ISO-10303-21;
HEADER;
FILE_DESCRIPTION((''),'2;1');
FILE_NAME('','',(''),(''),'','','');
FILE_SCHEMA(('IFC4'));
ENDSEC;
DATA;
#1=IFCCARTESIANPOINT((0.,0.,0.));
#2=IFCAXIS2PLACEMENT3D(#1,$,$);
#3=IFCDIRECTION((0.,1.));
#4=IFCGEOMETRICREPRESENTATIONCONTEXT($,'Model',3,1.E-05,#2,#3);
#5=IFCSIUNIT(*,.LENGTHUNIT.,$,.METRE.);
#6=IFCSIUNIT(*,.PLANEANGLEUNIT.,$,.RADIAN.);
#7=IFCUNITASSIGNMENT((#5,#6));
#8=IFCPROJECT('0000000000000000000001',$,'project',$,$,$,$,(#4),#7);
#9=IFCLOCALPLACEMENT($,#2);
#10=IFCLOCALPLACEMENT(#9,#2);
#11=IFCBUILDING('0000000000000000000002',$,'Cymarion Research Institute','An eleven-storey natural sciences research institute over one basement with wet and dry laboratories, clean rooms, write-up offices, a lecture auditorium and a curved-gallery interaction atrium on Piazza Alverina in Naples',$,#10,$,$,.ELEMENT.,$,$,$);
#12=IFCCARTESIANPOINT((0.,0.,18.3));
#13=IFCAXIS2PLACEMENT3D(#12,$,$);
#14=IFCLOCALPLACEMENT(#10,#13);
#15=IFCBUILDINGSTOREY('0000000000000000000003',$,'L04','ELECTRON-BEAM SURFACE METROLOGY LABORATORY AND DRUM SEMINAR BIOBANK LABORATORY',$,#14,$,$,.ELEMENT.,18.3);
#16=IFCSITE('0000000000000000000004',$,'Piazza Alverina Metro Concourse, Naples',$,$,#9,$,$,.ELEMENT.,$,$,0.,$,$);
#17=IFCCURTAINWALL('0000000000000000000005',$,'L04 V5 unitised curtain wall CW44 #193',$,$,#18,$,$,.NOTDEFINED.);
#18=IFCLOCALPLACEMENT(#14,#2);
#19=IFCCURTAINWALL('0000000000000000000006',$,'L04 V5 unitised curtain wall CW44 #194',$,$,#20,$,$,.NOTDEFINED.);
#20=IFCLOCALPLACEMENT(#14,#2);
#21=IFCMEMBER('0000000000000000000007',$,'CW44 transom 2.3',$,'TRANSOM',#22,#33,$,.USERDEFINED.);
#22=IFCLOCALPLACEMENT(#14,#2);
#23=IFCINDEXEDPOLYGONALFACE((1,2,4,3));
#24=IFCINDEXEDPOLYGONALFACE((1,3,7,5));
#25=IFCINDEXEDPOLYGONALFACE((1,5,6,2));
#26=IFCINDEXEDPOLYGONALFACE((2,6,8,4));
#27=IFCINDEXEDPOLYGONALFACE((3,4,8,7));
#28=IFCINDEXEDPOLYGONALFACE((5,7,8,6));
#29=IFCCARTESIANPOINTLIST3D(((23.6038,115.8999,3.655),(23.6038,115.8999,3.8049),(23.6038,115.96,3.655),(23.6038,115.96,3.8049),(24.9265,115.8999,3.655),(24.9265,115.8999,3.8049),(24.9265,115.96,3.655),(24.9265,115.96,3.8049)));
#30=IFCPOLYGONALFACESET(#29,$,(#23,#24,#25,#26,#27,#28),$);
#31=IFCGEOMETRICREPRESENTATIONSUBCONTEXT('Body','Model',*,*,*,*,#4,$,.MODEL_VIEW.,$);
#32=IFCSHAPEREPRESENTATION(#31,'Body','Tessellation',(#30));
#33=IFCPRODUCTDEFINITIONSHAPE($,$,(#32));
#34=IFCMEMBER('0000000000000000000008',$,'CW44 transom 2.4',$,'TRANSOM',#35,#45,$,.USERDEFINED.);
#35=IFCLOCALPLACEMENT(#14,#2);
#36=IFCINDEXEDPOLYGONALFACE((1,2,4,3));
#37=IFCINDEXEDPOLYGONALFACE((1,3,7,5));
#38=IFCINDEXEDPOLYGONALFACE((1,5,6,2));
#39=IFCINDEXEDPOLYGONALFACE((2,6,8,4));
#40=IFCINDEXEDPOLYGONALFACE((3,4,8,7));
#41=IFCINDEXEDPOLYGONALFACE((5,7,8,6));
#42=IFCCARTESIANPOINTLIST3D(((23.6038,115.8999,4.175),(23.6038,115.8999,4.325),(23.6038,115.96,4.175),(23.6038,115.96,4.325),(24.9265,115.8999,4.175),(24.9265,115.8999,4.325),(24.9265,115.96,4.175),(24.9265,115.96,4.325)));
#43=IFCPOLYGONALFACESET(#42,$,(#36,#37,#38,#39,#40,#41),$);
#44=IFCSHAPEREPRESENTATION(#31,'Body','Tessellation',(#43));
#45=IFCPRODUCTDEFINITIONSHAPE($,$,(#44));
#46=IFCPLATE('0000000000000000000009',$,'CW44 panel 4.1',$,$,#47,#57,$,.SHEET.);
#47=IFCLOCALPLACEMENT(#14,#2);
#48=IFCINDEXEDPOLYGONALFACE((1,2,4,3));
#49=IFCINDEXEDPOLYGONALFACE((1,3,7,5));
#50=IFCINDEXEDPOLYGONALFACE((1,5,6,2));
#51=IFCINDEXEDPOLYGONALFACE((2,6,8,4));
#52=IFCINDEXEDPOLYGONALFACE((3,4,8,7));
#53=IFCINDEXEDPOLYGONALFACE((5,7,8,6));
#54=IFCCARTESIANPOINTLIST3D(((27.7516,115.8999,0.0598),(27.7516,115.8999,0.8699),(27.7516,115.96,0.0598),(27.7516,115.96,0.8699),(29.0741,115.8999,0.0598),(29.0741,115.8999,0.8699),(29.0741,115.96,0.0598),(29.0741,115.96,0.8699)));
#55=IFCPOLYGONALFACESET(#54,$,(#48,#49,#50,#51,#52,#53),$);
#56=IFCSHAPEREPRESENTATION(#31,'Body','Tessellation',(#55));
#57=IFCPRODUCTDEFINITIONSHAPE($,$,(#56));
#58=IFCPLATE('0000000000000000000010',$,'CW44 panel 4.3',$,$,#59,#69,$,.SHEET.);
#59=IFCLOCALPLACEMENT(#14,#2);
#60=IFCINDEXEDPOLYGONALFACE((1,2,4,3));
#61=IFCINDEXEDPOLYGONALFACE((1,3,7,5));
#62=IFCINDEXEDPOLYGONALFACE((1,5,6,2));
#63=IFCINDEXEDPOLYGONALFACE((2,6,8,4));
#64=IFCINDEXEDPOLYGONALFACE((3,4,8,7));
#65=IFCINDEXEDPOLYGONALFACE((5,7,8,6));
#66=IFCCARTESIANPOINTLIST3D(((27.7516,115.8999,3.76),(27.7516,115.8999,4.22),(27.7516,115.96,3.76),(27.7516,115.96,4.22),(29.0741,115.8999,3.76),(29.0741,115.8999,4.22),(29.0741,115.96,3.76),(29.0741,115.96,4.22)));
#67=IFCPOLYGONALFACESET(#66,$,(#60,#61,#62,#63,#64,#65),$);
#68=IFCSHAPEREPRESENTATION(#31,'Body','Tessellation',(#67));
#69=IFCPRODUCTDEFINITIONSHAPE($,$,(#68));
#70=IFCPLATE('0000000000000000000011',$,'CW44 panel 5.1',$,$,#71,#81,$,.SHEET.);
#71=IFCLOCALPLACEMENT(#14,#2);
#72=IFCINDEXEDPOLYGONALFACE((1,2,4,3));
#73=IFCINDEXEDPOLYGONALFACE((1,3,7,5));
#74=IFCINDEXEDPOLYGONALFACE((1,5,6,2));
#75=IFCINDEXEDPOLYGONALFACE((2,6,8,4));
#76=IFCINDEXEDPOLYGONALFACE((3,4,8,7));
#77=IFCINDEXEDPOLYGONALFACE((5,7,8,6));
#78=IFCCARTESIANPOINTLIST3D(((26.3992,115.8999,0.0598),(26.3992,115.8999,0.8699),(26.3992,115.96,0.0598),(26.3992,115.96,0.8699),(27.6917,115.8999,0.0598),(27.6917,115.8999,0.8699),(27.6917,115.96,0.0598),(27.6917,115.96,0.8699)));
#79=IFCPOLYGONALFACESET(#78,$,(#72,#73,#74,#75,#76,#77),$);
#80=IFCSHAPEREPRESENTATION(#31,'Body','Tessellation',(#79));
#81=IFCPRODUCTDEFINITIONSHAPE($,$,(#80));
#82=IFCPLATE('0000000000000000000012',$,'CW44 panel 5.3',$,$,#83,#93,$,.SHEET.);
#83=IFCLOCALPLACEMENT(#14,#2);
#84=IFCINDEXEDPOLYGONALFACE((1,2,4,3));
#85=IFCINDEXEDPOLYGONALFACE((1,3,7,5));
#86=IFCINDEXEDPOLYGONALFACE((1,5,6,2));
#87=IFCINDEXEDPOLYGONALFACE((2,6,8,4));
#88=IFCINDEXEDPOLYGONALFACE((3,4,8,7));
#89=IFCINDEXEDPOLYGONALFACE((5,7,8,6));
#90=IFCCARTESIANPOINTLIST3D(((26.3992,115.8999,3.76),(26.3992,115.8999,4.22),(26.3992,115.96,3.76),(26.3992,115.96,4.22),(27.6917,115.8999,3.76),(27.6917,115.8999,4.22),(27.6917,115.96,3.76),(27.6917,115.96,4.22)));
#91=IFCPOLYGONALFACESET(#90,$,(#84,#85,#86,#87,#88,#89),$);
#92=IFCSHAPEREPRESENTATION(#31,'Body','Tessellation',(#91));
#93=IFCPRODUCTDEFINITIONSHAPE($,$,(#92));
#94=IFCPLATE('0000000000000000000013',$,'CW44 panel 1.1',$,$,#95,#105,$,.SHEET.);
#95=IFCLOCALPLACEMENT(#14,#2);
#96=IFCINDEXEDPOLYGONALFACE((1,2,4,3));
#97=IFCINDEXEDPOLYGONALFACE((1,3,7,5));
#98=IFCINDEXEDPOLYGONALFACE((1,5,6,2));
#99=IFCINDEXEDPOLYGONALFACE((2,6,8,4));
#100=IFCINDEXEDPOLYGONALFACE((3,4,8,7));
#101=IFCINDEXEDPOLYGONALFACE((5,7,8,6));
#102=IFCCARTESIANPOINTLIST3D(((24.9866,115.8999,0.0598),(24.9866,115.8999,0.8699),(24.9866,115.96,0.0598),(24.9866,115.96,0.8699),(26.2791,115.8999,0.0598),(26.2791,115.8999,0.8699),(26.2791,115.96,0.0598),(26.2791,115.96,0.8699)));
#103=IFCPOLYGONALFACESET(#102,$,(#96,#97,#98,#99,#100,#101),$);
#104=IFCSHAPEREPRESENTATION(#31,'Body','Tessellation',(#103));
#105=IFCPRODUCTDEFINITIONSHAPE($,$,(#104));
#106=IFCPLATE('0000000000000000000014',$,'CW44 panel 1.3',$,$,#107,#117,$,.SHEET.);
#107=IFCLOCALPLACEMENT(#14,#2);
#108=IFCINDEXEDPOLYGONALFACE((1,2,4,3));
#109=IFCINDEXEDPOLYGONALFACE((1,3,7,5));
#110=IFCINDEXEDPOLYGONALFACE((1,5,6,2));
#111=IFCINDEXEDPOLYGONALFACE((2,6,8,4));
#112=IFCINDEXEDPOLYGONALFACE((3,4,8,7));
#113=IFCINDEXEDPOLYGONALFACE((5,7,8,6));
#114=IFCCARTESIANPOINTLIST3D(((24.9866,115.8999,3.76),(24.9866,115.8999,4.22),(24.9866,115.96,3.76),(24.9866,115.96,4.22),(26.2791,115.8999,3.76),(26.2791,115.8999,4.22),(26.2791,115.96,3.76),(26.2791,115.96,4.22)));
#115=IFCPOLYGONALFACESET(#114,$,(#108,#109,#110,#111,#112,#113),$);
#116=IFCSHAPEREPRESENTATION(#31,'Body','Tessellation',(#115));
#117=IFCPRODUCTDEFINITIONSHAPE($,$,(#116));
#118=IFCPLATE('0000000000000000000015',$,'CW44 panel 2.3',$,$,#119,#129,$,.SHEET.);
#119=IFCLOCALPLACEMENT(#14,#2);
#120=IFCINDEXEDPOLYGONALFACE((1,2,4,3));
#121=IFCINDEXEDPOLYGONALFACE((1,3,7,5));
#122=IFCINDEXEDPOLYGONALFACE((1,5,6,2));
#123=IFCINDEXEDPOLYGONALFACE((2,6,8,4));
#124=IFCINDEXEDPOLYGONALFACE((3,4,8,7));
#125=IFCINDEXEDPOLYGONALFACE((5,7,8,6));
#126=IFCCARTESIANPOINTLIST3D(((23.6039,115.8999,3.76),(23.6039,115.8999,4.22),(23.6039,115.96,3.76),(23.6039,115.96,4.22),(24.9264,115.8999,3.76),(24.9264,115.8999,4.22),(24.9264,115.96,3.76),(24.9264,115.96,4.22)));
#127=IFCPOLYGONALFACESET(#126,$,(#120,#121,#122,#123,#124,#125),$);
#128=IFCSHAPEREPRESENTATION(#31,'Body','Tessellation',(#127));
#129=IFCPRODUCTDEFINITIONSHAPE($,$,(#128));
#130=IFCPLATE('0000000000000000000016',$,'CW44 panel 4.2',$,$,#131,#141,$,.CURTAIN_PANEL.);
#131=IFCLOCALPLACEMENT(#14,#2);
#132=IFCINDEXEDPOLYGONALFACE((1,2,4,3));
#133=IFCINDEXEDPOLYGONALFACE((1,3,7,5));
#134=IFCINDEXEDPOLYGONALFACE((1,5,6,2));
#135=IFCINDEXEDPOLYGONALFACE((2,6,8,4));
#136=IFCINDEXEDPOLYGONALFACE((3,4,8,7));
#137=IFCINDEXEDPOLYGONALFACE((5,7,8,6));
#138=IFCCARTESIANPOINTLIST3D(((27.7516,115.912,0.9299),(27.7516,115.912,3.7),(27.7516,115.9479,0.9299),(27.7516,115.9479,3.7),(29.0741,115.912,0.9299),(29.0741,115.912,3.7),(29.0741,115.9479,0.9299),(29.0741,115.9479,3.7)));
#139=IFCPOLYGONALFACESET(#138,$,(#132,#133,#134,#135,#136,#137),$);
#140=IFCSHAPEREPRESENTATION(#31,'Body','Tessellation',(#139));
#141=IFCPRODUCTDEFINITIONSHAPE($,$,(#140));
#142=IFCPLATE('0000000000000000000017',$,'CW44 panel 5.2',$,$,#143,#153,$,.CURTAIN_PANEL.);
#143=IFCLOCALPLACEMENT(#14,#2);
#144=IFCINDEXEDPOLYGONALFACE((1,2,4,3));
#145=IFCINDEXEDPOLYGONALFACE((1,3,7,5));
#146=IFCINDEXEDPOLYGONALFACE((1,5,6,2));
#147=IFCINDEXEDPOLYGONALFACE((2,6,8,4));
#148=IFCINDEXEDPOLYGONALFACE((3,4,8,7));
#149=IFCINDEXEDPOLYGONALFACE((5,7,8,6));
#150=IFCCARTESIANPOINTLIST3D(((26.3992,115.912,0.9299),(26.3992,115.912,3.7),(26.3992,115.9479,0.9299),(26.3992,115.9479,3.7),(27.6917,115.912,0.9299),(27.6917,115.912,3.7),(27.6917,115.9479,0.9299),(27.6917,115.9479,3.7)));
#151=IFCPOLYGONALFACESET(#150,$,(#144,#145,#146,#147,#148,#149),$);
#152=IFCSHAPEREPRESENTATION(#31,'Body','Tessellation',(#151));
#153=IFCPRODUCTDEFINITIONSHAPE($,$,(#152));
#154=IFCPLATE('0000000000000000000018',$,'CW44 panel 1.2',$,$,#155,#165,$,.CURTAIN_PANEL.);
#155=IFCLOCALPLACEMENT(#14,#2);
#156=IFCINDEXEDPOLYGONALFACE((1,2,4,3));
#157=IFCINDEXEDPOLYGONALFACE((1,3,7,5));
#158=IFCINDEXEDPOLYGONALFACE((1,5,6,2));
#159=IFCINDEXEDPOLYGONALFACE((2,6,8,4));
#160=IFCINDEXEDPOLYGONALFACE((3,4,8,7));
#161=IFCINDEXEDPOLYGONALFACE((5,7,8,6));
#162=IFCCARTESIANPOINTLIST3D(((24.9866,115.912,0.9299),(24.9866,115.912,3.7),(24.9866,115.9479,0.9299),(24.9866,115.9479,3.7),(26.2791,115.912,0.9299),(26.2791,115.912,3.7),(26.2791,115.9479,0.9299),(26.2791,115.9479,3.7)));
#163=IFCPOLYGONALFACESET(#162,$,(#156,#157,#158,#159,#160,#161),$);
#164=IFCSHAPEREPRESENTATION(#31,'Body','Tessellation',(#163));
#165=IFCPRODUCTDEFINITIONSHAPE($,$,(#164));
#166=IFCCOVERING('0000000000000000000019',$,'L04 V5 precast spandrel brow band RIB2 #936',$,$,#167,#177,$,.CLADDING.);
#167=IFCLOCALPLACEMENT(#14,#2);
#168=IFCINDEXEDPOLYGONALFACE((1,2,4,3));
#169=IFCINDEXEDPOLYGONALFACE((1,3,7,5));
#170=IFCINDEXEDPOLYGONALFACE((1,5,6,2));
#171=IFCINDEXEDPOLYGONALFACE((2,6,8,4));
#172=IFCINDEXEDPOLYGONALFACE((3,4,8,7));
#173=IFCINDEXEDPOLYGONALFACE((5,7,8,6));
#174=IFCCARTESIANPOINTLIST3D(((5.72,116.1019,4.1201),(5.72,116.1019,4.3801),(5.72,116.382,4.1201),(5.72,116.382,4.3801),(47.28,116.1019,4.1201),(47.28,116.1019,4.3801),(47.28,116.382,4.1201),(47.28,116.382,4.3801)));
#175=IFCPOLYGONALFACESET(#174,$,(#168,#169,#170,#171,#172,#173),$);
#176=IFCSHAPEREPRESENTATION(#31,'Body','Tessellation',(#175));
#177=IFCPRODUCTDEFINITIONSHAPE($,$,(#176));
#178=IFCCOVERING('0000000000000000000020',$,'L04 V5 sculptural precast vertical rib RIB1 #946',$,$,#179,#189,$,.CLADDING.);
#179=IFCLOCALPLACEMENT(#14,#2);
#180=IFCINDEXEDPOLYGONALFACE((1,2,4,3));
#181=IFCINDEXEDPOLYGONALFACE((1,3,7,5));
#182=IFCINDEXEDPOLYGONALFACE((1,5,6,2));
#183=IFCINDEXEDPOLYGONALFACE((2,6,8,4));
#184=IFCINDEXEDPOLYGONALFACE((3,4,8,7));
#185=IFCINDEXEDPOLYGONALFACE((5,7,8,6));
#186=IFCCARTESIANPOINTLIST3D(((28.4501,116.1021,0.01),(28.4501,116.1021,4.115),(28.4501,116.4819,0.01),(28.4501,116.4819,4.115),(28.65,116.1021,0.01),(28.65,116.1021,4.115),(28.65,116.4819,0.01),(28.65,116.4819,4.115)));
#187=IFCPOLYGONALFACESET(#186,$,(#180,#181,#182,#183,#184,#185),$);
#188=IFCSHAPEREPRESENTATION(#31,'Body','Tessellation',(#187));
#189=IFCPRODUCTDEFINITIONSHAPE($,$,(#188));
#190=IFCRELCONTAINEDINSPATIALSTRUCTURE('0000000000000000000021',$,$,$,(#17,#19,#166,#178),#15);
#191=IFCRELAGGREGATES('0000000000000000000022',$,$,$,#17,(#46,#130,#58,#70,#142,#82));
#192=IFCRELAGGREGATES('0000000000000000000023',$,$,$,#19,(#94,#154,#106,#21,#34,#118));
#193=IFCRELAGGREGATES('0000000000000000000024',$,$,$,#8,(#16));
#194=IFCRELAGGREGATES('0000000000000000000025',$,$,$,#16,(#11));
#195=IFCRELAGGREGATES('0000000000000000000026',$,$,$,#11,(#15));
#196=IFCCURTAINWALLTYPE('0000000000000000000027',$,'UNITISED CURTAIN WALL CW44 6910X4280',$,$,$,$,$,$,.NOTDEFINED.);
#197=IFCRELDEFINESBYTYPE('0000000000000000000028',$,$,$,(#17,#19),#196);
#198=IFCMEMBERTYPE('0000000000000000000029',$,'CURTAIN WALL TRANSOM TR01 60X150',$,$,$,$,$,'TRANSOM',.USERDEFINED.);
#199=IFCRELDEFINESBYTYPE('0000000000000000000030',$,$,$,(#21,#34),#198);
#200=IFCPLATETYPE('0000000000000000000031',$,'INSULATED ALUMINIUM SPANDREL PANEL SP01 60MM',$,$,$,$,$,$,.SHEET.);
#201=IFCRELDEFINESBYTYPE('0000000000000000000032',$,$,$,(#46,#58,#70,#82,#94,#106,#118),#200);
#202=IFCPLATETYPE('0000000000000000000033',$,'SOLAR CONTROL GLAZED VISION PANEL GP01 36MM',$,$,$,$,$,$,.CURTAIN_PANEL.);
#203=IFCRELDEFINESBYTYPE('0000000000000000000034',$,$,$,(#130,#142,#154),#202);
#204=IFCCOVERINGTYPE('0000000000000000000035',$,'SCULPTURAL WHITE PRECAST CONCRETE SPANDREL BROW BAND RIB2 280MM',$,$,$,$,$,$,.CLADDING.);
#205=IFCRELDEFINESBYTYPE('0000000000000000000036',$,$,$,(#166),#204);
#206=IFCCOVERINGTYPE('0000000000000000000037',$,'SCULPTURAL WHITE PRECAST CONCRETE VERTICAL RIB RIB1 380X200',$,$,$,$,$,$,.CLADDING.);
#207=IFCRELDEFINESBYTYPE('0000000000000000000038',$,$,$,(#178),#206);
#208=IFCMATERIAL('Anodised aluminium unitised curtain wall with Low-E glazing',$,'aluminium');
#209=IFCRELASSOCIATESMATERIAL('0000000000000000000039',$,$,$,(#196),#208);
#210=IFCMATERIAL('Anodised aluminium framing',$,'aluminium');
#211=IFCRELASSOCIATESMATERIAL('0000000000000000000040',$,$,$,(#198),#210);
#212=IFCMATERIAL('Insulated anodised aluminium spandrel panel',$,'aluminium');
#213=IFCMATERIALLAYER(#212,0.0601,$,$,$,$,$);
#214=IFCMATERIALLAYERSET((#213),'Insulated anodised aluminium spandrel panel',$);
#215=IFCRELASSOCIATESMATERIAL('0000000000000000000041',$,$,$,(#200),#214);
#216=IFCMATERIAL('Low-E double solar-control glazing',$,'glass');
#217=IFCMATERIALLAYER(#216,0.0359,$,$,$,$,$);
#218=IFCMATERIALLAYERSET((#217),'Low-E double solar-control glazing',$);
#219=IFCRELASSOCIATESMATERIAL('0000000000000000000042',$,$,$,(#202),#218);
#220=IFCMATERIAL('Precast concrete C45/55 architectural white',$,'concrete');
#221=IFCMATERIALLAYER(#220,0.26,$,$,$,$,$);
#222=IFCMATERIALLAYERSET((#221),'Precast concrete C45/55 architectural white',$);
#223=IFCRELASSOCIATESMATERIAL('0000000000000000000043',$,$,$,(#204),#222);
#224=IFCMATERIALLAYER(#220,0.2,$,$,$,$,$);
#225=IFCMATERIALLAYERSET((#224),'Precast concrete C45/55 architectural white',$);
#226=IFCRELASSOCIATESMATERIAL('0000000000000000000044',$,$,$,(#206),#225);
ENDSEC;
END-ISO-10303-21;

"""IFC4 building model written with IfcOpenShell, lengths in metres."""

from ifc_helpers import new_model, si_unit, direction, frame, origin, origin_2d, place, context, subcontext, project, spatial, rectangle, extrude, material, layer, layer_set, material_profile, profile_set, type_object, element, aggregate, save


model = new_model("IFC4")

# Units and contexts
model_context = context("Model", 3, precision=1e-05, world=origin(), true_north=direction((0.0, 1.0)))
body_context = subcontext(model_context, "Body", "Model", "MODEL_VIEW")
ifc_project = project(units=[si_unit("LENGTHUNIT", "METRE"), si_unit("PLANEANGLEUNIT", "RADIAN")], contexts=[model_context])

# Site, building, storey
site_placement = place(None, origin())
site = spatial("IfcSite", under=ifc_project, at=site_placement, Name="Piazza Alverina Metro Concourse, Naples", CompositionType="ELEMENT", RefElevation=0.0)
building_placement = place(site_placement, origin())
building = spatial("IfcBuilding", under=site, at=building_placement, Name="Cymarion Research Institute", Description="An eleven-storey natural sciences research institute over one basement with wet and dry laboratories, clean rooms, write-up offices, a lecture auditorium and a curved-gallery interaction atrium on Piazza Alverina in Naples", CompositionType="ELEMENT")
storey_placement = place(building_placement, frame((0.0, 0.0, 18.3)))
storey = spatial("IfcBuildingStorey", under=building, at=storey_placement, Name="L04", Description="ELECTRON-BEAM SURFACE METROLOGY LABORATORY AND DRUM SEMINAR BIOBANK LABORATORY", CompositionType="ELEMENT", Elevation=18.3)

# Curtain walls
ifc_material_1 = material(Name="Anodised aluminium unitised curtain wall with Low-E glazing", Category="aluminium")
curtain_wall_type = type_object("IfcCurtainWallType", Name="UNITISED CURTAIN WALL CW44 6910X4280", PredefinedType="NOTDEFINED", material=ifc_material_1)
curtain_wall_1_placement = place(storey_placement, origin())
curtain_wall_1 = element("IfcCurtainWall", 1, at=curtain_wall_1_placement, inside=storey, type_object=curtain_wall_type, Name="L04 V5 unitised curtain wall CW44 #193", PredefinedType="NOTDEFINED")
ifc_material_2 = material(Name="Anodised aluminium framing", Category="aluminium")
curtain_wall_2_placement = place(storey_placement, origin())
curtain_wall_2 = element("IfcCurtainWall", 2, at=curtain_wall_2_placement, inside=storey, type_object=curtain_wall_type, Name="L04 V5 unitised curtain wall CW44 #194", PredefinedType="NOTDEFINED")

# Members
ifc_material_profile_1 = material_profile(ifc_material_2, rectangle(XDim=0.0601, YDim=0.1499, at=origin_2d()), Name="ALU TRANSOM 60x150")
ifc_profile_set_1 = profile_set([ifc_material_profile_1], Name="Anodised aluminium framing")
member_type_1 = type_object("IfcMemberType", Name="CURTAIN WALL TRANSOM TR01 60X150", ElementType="TRANSOM", PredefinedType="USERDEFINED", material=ifc_profile_set_1)
member_1_placement = place(storey_placement, frame((24.9265, 115.9299, 3.73), z_axis=(-1.0, 0.0, 0.0), x_axis=(0.0, -1.0, 0.0)))
member_1 = element("IfcMember", 3, at=member_1_placement, type_object=member_type_1, Name="CW44 transom 2.3", ObjectType="TRANSOM", PredefinedType="USERDEFINED", context=body_context, shape_type="SweptSolid", body=[
    extrude(rectangle(XDim=0.0601, YDim=0.1499, at=origin_2d()), origin(), (0.0, 0.0, 1.0), 1.3228),
])
member_2_placement = place(storey_placement, frame((24.9265, 115.9299, 4.25), z_axis=(-1.0, 0.0, 0.0), x_axis=(0.0, -1.0, 0.0)))
member_2 = element("IfcMember", 4, at=member_2_placement, type_object=member_type_1, Name="CW44 transom 2.4", ObjectType="TRANSOM", PredefinedType="USERDEFINED", context=body_context, shape_type="SweptSolid", body=[
    extrude(rectangle(XDim=0.0601, YDim=0.1499, at=origin_2d()), origin(), (0.0, 0.0, 1.0), 1.3228),
])

# Plates
ifc_material_3 = material(Name="Insulated anodised aluminium spandrel panel", Category="aluminium")
ifc_layer_1 = layer(ifc_material_3, 0.0601)
ifc_layer_set_1 = layer_set([ifc_layer_1], Name="Insulated anodised aluminium spandrel panel")
plate_type_1 = type_object("IfcPlateType", Name="INSULATED ALUMINIUM SPANDREL PANEL SP01 60MM", PredefinedType="SHEET", material=ifc_layer_set_1)
plate_1_placement = place(storey_placement, frame((28.4128, 115.9299, 0.0598), z_axis=(0.0, 0.0, 1.0), x_axis=(-1.0, 0.0, 0.0)))
plate_1 = element("IfcPlate", 5, at=plate_1_placement, type_object=plate_type_1, Name="CW44 panel 4.1", PredefinedType="SHEET", context=body_context, shape_type="SweptSolid", body=[
    extrude(rectangle(XDim=1.3225, YDim=0.0601, at=origin_2d()), origin(), (0.0, 0.0, 1.0), 0.8101),
])
plate_2_placement = place(storey_placement, frame((28.4128, 115.9299, 3.76), z_axis=(0.0, 0.0, 1.0), x_axis=(-1.0, 0.0, 0.0)))
plate_2 = element("IfcPlate", 6, at=plate_2_placement, type_object=plate_type_1, Name="CW44 panel 4.3", PredefinedType="SHEET", context=body_context, shape_type="SweptSolid", body=[
    extrude(rectangle(XDim=1.3225, YDim=0.0601, at=origin_2d()), origin(), (0.0, 0.0, 1.0), 0.46),
])
plate_3_placement = place(storey_placement, frame((27.0454, 115.9299, 0.0598), z_axis=(0.0, 0.0, 1.0), x_axis=(-1.0, 0.0, 0.0)))
plate_3 = element("IfcPlate", 7, at=plate_3_placement, type_object=plate_type_1, Name="CW44 panel 5.1", PredefinedType="SHEET", context=body_context, shape_type="SweptSolid", body=[
    extrude(rectangle(XDim=1.2925, YDim=0.0601, at=origin_2d()), origin(), (0.0, 0.0, 1.0), 0.8101),
])
plate_4_placement = place(storey_placement, frame((27.0454, 115.9299, 3.76), z_axis=(0.0, 0.0, 1.0), x_axis=(-1.0, 0.0, 0.0)))
plate_4 = element("IfcPlate", 8, at=plate_4_placement, type_object=plate_type_1, Name="CW44 panel 5.3", PredefinedType="SHEET", context=body_context, shape_type="SweptSolid", body=[
    extrude(rectangle(XDim=1.2925, YDim=0.0601, at=origin_2d()), origin(), (0.0, 0.0, 1.0), 0.46),
])
plate_5_placement = place(storey_placement, frame((25.6328, 115.9299, 0.0598), z_axis=(0.0, 0.0, 1.0), x_axis=(-1.0, 0.0, 0.0)))
plate_5 = element("IfcPlate", 9, at=plate_5_placement, type_object=plate_type_1, Name="CW44 panel 1.1", PredefinedType="SHEET", context=body_context, shape_type="SweptSolid", body=[
    extrude(rectangle(XDim=1.2925, YDim=0.0601, at=origin_2d()), origin(), (0.0, 0.0, 1.0), 0.8101),
])
plate_6_placement = place(storey_placement, frame((25.6328, 115.9299, 3.76), z_axis=(0.0, 0.0, 1.0), x_axis=(-1.0, 0.0, 0.0)))
plate_6 = element("IfcPlate", 10, at=plate_6_placement, type_object=plate_type_1, Name="CW44 panel 1.3", PredefinedType="SHEET", context=body_context, shape_type="SweptSolid", body=[
    extrude(rectangle(XDim=1.2925, YDim=0.0601, at=origin_2d()), origin(), (0.0, 0.0, 1.0), 0.46),
])
plate_7_placement = place(storey_placement, frame((24.2651, 115.9299, 3.76), z_axis=(0.0, 0.0, 1.0), x_axis=(-1.0, 0.0, 0.0)))
plate_7 = element("IfcPlate", 11, at=plate_7_placement, type_object=plate_type_1, Name="CW44 panel 2.3", PredefinedType="SHEET", context=body_context, shape_type="SweptSolid", body=[
    extrude(rectangle(XDim=1.3225, YDim=0.0601, at=origin_2d()), origin(), (0.0, 0.0, 1.0), 0.46),
])
ifc_material_4 = material(Name="Low-E double solar-control glazing", Category="glass")
ifc_layer_2 = layer(ifc_material_4, 0.0359)
ifc_layer_set_2 = layer_set([ifc_layer_2], Name="Low-E double solar-control glazing")
plate_type_2 = type_object("IfcPlateType", Name="SOLAR CONTROL GLAZED VISION PANEL GP01 36MM", PredefinedType="CURTAIN_PANEL", material=ifc_layer_set_2)
plate_8_placement = place(storey_placement, frame((28.4128, 115.9299, 0.9299), z_axis=(0.0, 0.0, 1.0), x_axis=(-1.0, 0.0, 0.0)))
plate_8 = element("IfcPlate", 12, at=plate_8_placement, type_object=plate_type_2, Name="CW44 panel 4.2", PredefinedType="CURTAIN_PANEL", context=body_context, shape_type="SweptSolid", body=[
    extrude(rectangle(XDim=1.3225, YDim=0.0359, at=origin_2d()), origin(), (0.0, 0.0, 1.0), 2.77),
])
plate_9_placement = place(storey_placement, frame((27.0454, 115.9299, 0.9299), z_axis=(0.0, 0.0, 1.0), x_axis=(-1.0, 0.0, 0.0)))
plate_9 = element("IfcPlate", 13, at=plate_9_placement, type_object=plate_type_2, Name="CW44 panel 5.2", PredefinedType="CURTAIN_PANEL", context=body_context, shape_type="SweptSolid", body=[
    extrude(rectangle(XDim=1.2925, YDim=0.0359, at=origin_2d()), origin(), (0.0, 0.0, 1.0), 2.77),
])
aggregate(curtain_wall_1, [plate_1, plate_8, plate_2, plate_3, plate_9, plate_4])
plate_10_placement = place(storey_placement, frame((25.6328, 115.9299, 0.9299), z_axis=(0.0, 0.0, 1.0), x_axis=(-1.0, 0.0, 0.0)))
plate_10 = element("IfcPlate", 14, at=plate_10_placement, type_object=plate_type_2, Name="CW44 panel 1.2", PredefinedType="CURTAIN_PANEL", context=body_context, shape_type="SweptSolid", body=[
    extrude(rectangle(XDim=1.2925, YDim=0.0359, at=origin_2d()), origin(), (0.0, 0.0, 1.0), 2.77),
])
aggregate(curtain_wall_2, [plate_5, plate_10, plate_6, member_1, member_2, plate_7])

# Coverings
ifc_material_5 = material(Name="Precast concrete C45/55 architectural white", Category="concrete")
ifc_layer_3 = layer(ifc_material_5, 0.26)
ifc_layer_set_3 = layer_set([ifc_layer_3], Name="Precast concrete C45/55 architectural white")
covering_type_1 = type_object("IfcCoveringType", Name="SCULPTURAL WHITE PRECAST CONCRETE SPANDREL BROW BAND RIB2 280MM", PredefinedType="CLADDING", material=ifc_layer_set_3)
covering_placement = place(storey_placement, frame((26.5, 116.2419, 4.1201), z_axis=(0.0, 0.0, 1.0), x_axis=(0.0, 1.0, 0.0)))
element("IfcCovering", 15, at=covering_placement, inside=storey, type_object=covering_type_1, Name="L04 V5 precast spandrel brow band RIB2 #936", PredefinedType="CLADDING", context=body_context, shape_type="SweptSolid", body=[
    extrude(rectangle(XDim=0.28, YDim=41.5601, at=origin_2d()), origin(), (0.0, 0.0, 1.0), 0.26),
])
ifc_layer_4 = layer(ifc_material_5, 0.2)
ifc_layer_set_4 = layer_set([ifc_layer_4], Name="Precast concrete C45/55 architectural white")
covering_type_2 = type_object("IfcCoveringType", Name="SCULPTURAL WHITE PRECAST CONCRETE VERTICAL RIB RIB1 380X200", PredefinedType="CLADDING", material=ifc_layer_set_4)
for number, where, z_axis, x_axis, name in (
    (16, (28.55, 116.292, 0.01), (0.0, 0.0, 1.0), (0.0, 1.0, 0.0), "L04 V5 sculptural precast vertical rib RIB1 #946"),
):
    element("IfcCovering", number, at=place(storey_placement, frame(where, z_axis=z_axis, x_axis=x_axis)), inside=storey, type_object=covering_type_2, Name=name, PredefinedType="CLADDING", context=body_context, shape_type="SweptSolid", body=[
        extrude(rectangle(XDim=0.3799, YDim=0.2, at=origin_2d()), origin(), (0.0, 0.0, 1.0), 4.105),
    ])

save(model, "model.ifc")
